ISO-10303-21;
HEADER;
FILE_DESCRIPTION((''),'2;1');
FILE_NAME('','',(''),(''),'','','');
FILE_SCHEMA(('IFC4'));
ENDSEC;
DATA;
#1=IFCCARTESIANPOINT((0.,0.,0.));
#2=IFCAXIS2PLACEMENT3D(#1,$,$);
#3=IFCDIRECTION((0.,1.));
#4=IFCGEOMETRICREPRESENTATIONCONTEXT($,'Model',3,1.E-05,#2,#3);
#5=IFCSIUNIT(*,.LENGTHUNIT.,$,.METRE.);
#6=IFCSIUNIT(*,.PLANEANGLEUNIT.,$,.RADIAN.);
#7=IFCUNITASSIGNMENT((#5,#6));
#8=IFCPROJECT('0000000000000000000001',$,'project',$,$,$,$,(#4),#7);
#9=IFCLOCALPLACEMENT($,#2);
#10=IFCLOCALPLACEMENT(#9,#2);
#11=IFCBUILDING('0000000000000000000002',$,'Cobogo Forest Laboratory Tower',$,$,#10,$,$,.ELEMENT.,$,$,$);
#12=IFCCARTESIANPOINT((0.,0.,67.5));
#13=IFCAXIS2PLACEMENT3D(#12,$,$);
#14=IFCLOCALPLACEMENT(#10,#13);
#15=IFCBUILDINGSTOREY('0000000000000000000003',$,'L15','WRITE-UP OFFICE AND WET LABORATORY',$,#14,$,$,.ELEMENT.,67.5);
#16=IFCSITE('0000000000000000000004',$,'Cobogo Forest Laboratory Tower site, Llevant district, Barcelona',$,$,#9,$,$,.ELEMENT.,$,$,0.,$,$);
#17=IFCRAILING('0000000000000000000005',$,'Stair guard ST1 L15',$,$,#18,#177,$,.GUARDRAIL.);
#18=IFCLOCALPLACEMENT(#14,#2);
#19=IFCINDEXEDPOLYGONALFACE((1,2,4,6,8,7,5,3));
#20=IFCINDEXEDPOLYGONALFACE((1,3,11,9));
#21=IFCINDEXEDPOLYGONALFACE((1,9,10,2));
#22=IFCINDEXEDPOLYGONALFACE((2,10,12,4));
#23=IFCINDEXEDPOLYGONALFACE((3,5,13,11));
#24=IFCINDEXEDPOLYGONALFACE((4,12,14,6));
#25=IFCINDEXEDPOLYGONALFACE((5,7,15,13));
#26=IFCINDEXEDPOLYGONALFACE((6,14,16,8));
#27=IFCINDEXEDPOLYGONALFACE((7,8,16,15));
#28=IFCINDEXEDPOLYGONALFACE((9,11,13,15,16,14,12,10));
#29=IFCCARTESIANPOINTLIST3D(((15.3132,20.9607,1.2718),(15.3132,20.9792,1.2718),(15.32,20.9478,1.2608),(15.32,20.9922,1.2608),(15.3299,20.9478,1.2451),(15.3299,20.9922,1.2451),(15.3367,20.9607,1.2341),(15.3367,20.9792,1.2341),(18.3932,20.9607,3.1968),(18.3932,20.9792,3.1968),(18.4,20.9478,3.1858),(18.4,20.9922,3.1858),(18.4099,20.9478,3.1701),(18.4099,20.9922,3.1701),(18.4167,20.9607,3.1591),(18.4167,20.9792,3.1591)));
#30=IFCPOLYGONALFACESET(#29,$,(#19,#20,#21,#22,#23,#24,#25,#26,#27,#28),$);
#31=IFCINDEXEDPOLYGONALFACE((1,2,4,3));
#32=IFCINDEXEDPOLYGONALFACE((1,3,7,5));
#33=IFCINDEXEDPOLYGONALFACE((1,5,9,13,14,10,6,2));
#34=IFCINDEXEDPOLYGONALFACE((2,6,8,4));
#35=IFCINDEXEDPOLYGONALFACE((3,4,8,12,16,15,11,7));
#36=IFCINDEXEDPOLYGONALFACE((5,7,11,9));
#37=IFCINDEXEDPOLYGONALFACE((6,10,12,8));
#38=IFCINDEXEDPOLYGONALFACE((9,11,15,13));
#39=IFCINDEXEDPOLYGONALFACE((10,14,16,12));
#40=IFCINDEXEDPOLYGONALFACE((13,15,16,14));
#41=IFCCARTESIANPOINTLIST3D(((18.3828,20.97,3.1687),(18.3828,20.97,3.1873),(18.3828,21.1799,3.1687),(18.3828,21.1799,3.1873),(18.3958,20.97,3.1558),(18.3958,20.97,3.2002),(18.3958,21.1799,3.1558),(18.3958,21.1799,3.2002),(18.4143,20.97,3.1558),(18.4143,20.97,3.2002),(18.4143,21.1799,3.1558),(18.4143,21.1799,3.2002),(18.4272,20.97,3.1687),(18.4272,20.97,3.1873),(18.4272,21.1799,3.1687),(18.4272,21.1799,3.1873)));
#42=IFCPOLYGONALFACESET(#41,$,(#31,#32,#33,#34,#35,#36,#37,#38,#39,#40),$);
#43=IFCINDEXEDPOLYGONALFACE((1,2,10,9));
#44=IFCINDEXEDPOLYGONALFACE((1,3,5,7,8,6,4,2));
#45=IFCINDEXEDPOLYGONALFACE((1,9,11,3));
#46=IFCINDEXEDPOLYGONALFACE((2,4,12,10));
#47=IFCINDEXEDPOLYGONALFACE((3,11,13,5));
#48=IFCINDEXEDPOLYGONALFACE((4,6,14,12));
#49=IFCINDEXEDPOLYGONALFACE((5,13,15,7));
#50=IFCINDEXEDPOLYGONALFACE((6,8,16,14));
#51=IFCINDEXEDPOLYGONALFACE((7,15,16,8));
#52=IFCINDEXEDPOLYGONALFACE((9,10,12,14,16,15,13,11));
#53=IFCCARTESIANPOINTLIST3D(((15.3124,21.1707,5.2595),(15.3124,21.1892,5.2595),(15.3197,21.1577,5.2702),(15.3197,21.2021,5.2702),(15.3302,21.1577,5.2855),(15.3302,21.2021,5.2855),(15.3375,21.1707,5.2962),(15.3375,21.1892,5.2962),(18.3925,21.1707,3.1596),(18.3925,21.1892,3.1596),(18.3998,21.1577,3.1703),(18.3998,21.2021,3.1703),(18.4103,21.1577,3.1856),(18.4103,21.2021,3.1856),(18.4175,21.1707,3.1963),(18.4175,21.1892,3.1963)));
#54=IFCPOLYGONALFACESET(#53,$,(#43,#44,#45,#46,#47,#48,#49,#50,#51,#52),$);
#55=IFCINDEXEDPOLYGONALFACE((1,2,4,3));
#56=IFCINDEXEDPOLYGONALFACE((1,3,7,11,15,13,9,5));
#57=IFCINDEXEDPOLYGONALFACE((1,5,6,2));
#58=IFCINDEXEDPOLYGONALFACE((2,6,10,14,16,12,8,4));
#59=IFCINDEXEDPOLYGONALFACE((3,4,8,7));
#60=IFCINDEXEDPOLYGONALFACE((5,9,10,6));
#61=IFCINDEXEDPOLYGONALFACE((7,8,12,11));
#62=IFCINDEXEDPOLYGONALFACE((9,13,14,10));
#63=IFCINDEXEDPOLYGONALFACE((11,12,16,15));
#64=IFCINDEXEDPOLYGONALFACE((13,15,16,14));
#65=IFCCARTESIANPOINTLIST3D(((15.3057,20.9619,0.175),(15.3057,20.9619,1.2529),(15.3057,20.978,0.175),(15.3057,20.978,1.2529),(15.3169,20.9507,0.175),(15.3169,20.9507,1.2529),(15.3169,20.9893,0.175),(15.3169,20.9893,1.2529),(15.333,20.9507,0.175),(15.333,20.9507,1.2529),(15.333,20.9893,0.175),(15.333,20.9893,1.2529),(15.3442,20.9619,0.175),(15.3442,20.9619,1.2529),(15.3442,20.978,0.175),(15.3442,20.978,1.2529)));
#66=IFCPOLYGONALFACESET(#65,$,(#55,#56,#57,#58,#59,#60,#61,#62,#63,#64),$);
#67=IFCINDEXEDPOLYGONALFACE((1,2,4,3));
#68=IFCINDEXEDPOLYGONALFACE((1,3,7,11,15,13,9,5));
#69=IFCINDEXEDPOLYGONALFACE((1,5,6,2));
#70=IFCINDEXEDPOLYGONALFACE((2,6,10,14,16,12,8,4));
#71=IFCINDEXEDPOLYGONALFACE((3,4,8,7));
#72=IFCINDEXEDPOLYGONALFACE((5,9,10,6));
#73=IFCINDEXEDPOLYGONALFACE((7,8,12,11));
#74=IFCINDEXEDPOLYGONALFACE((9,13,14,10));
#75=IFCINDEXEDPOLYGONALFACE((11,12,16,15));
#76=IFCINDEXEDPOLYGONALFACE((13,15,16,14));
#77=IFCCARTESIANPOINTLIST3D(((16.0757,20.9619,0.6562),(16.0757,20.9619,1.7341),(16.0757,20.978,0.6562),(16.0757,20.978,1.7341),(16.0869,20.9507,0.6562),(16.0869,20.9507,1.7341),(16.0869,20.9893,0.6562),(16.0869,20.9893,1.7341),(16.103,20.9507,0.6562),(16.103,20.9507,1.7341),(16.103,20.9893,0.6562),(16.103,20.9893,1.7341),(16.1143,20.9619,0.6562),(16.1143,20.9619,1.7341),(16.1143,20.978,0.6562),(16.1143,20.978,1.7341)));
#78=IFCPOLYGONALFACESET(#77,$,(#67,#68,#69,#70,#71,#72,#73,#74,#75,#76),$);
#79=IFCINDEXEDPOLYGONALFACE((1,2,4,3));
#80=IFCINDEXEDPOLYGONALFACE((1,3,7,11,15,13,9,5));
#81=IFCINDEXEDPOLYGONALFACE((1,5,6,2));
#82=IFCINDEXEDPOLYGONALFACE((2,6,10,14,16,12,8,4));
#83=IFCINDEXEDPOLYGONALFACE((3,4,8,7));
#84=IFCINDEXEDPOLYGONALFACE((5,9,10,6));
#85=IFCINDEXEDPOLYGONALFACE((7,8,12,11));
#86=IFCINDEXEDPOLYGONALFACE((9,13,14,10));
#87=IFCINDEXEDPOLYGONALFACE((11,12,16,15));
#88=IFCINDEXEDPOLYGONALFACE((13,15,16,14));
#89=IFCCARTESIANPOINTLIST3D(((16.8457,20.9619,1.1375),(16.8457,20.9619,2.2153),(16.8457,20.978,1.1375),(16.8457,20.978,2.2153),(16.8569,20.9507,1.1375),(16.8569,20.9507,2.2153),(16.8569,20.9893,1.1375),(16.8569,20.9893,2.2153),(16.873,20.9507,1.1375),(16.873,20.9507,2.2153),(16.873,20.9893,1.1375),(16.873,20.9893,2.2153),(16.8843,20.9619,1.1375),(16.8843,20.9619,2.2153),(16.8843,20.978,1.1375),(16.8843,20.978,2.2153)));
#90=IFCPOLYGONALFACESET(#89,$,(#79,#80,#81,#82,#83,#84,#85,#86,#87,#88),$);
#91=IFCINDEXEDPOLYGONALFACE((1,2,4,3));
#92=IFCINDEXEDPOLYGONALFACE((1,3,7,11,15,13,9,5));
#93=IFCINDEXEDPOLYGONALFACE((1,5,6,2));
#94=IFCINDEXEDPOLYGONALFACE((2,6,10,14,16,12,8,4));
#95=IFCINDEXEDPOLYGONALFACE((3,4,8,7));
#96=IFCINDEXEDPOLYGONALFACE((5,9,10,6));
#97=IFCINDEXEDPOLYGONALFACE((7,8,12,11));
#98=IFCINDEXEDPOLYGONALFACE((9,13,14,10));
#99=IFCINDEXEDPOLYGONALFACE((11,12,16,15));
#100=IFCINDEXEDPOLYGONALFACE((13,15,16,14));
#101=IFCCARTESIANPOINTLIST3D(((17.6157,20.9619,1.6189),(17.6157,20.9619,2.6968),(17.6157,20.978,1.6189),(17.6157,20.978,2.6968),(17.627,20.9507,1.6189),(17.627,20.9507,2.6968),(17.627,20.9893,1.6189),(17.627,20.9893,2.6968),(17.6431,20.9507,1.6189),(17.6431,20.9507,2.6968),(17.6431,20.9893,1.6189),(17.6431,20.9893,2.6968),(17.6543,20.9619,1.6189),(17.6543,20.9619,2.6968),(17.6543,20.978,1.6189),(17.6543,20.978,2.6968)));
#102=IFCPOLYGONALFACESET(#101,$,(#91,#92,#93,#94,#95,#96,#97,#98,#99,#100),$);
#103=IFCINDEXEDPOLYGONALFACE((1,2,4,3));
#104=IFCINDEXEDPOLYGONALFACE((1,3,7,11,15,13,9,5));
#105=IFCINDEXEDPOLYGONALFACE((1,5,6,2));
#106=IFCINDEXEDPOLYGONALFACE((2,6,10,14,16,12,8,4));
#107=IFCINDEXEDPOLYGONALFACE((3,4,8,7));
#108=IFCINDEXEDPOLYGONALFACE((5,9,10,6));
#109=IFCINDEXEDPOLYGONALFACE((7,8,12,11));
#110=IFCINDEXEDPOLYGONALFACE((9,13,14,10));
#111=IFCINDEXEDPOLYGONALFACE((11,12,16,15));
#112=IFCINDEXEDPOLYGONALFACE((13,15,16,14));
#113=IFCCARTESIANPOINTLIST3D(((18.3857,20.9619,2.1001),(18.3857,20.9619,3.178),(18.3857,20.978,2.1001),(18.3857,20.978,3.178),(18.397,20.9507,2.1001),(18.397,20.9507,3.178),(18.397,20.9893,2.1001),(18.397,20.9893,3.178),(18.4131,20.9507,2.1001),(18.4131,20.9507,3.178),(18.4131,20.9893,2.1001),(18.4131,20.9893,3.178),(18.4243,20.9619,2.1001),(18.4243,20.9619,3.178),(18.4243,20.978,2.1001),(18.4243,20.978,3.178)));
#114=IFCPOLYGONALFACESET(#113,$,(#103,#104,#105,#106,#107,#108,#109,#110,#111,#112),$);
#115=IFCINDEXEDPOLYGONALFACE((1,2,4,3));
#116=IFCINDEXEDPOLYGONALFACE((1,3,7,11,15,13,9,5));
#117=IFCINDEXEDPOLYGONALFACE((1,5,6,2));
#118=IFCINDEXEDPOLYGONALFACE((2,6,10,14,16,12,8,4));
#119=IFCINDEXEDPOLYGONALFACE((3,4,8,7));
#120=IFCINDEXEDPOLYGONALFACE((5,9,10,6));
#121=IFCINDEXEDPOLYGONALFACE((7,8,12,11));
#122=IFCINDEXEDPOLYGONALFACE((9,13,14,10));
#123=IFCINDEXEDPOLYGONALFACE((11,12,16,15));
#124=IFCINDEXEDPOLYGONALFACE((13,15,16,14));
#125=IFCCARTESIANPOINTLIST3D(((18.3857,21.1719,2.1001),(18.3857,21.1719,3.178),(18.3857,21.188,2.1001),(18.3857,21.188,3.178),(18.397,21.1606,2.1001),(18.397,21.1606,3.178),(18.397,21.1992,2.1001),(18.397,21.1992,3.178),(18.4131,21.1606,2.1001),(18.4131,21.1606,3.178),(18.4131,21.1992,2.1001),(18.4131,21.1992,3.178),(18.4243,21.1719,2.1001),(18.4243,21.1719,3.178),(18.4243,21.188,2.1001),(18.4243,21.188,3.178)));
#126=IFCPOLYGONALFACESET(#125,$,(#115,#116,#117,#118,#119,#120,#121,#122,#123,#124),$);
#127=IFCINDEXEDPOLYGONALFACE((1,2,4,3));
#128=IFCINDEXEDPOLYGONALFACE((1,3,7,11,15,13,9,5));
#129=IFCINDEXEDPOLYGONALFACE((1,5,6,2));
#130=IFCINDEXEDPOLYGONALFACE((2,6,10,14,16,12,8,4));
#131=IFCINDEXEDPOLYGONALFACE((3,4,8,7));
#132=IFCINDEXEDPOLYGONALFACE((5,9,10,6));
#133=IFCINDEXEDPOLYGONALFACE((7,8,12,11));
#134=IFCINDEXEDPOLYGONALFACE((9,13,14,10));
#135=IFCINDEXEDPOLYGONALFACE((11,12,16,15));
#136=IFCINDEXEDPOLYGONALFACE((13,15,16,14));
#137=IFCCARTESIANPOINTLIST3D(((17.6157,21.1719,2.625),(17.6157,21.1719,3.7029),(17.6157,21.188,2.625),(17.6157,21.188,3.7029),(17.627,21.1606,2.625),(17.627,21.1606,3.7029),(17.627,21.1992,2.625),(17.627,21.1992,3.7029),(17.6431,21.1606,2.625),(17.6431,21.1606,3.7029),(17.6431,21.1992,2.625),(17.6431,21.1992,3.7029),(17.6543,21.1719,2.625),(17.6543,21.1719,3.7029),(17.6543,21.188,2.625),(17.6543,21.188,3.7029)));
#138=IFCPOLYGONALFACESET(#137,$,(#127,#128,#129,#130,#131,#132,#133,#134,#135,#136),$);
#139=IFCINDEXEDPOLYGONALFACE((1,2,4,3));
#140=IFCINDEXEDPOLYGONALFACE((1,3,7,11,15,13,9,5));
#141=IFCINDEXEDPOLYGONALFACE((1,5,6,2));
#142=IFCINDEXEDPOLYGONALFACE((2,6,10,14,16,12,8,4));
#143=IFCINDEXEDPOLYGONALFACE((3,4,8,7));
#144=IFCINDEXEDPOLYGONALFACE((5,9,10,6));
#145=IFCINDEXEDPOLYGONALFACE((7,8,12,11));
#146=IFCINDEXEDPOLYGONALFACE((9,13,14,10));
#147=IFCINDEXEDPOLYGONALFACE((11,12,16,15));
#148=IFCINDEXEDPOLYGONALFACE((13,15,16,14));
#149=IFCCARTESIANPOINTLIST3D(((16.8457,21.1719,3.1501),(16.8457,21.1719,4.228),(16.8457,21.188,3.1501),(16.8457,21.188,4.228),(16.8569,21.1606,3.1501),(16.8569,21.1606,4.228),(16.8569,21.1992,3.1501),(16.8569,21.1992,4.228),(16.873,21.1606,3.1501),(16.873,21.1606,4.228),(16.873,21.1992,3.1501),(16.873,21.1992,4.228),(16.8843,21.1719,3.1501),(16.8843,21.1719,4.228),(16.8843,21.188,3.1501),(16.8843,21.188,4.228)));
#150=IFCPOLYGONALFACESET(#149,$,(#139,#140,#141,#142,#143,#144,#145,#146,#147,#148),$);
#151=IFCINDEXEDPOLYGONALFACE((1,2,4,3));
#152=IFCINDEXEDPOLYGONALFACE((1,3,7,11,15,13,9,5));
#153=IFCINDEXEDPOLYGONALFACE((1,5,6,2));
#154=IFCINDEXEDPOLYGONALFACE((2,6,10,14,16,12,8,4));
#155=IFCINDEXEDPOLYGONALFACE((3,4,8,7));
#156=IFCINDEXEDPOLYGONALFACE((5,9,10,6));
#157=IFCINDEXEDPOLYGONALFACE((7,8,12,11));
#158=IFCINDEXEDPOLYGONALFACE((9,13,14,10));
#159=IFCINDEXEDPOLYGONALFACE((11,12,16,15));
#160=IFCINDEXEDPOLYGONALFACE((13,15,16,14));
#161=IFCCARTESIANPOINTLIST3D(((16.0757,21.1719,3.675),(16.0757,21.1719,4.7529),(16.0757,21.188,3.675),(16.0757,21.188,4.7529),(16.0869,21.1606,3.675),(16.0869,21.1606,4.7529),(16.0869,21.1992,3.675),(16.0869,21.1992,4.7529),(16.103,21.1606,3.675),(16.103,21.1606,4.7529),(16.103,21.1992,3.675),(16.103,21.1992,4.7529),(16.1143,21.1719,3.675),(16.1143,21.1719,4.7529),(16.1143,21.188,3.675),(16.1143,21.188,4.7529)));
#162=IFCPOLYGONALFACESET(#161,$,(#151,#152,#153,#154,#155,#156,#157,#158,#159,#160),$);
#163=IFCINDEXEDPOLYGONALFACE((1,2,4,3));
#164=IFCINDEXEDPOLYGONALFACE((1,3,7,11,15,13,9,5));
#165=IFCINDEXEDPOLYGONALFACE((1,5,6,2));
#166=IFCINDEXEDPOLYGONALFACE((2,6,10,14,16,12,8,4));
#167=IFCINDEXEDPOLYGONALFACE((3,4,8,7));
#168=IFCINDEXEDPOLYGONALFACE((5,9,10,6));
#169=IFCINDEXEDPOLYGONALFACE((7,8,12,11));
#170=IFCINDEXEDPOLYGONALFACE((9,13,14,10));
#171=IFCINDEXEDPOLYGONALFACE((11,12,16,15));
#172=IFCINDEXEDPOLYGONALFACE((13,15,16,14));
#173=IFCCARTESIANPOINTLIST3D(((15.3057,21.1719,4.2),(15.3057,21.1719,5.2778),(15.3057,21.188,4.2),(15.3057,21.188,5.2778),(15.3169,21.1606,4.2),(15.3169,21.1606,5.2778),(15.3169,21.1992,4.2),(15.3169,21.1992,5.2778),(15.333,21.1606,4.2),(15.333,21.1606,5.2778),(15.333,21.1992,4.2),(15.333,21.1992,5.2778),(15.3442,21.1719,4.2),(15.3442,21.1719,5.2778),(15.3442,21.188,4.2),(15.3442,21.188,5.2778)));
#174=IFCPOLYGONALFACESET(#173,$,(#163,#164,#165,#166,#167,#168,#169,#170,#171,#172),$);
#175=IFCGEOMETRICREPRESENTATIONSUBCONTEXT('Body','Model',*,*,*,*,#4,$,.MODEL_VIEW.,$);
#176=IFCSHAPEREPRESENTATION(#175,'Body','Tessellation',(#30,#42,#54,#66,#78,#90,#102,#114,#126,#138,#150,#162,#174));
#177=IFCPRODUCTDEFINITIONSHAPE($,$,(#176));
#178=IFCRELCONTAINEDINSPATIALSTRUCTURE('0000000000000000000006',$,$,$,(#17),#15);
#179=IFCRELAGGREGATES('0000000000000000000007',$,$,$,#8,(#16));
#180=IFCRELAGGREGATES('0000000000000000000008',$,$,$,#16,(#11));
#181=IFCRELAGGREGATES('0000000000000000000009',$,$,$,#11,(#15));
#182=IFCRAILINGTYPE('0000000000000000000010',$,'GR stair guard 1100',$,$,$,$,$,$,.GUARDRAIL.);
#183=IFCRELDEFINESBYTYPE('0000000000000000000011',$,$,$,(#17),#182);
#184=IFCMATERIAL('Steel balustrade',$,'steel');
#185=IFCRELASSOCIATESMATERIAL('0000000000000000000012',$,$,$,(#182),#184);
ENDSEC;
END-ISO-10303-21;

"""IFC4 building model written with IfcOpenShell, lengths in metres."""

from ifc_helpers import new_model, si_unit, direction, frame, origin, place, context, subcontext, project, spatial, polyline, outline, extrude, material, type_object, element, save


model = new_model("IFC4")

# Units and contexts
model_context = context("Model", 3, precision=1e-05, world=origin(), true_north=direction((0.0, 1.0)))
body_context = subcontext(model_context, "Body", "Model", "MODEL_VIEW")
ifc_project = project(units=[si_unit("LENGTHUNIT", "METRE"), si_unit("PLANEANGLEUNIT", "RADIAN")], contexts=[model_context])

# Site, building, storey
site_placement = place(None, origin())
site = spatial("IfcSite", under=ifc_project, at=site_placement, Name="Cobogo Forest Laboratory Tower site, Llevant district, Barcelona", CompositionType="ELEMENT", RefElevation=0.0)
building_placement = place(site_placement, origin())
building = spatial("IfcBuilding", under=site, at=building_placement, Name="Cobogo Forest Laboratory Tower", CompositionType="ELEMENT")
storey_placement = place(building_placement, frame((0.0, 0.0, 67.5)))
storey = spatial("IfcBuildingStorey", under=building, at=storey_placement, Name="L15", Description="WRITE-UP OFFICE AND WET LABORATORY", CompositionType="ELEMENT", Elevation=67.5)

# Railing
ifc_material_1 = material(Name="Steel balustrade", Category="steel")
railing_type_1 = type_object("IfcRailingType", Name="GR stair guard 1100", PredefinedType="GUARDRAIL", material=ifc_material_1)
railing_1_placement = place(storey_placement, frame((15.325, 20.97, 0.175)))
element("IfcRailing", 1, at=railing_1_placement, inside=storey, type_object=railing_type_1, Name="Stair guard ST1 L15", PredefinedType="GUARDRAIL", context=body_context, shape_type="SweptSolid", body=[
    extrude(outline(polyline([(0.0222, 0.0093), (0.0093, 0.0222), (-0.0093, 0.0222), (-0.0222, 0.0093), (-0.0222, -0.0093), (-0.0093, -0.0222), (0.0093, -0.0222), (0.0222, -0.0093), (0.0222, 0.0093)])), frame((0.0, 0.0, 1.0779), z_axis=(0.847998, 0.0, 0.529999), x_axis=(0.0, 1.0, 0.0)), (0.0, 0.0, 1.0), 3.6321),
    extrude(outline(polyline([(0.0222, 0.0093), (0.0093, 0.0222), (-0.0093, 0.0222), (-0.0222, 0.0093), (-0.0222, -0.0093), (-0.0093, -0.0222), (0.0093, -0.0222), (0.0222, -0.0093), (0.0222, 0.0093)])), frame((3.0801, 0.0, 3.0029), z_axis=(0.0, 1.0, 0.0), x_axis=(-1.0, 0.0, 0.0)), (0.0, 0.0, 1.0), 0.21),
    extrude(outline(polyline([(0.0222, 0.0093), (0.0093, 0.0222), (-0.0093, 0.0222), (-0.0222, 0.0093), (-0.0222, -0.0093), (-0.0093, -0.0222), (0.0093, -0.0222), (0.0222, -0.0093), (0.0222, 0.0093)])), frame((3.0801, 0.21, 3.0029), z_axis=(-0.826252, 0.0, 0.5633), x_axis=(0.0, -1.0, 0.0)), (0.0, 0.0, 1.0), 3.7278),
    extrude(outline(polyline([(0.0193, 0.0081), (0.0081, 0.0193), (-0.0081, 0.0193), (-0.0193, 0.0081), (-0.0193, -0.0081), (-0.0081, -0.0193), (0.0081, -0.0193), (0.0193, -0.0081), (0.0193, 0.0081)])), origin(), (0.0, 0.0, 1.0), 1.0779),
    extrude(outline(polyline([(0.0193, 0.0081), (0.0081, 0.0193), (-0.0081, 0.0193), (-0.0193, 0.0081), (-0.0193, -0.0081), (-0.0081, -0.0193), (0.0081, -0.0193), (0.0193, -0.0081), (0.0193, 0.0081)])), frame((0.77, 0.0, 0.4812)), (0.0, 0.0, 1.0), 1.0779),
    extrude(outline(polyline([(0.0193, 0.0081), (0.0081, 0.0193), (-0.0081, 0.0193), (-0.0193, 0.0081), (-0.0193, -0.0081), (-0.0081, -0.0193), (0.0081, -0.0193), (0.0193, -0.0081), (0.0193, 0.0081)])), frame((1.54, 0.0, 0.9624)), (0.0, 0.0, 1.0), 1.0779),
    extrude(outline(polyline([(0.0193, 0.0081), (0.0081, 0.0193), (-0.0081, 0.0193), (-0.0193, 0.0081), (-0.0193, -0.0081), (-0.0081, -0.0193), (0.0081, -0.0193), (0.0193, -0.0081), (0.0193, 0.0081)])), frame((2.3101, 0.0, 1.4438)), (0.0, 0.0, 1.0), 1.0779),
    extrude(outline(polyline([(0.0193, 0.0081), (0.0081, 0.0193), (-0.0081, 0.0193), (-0.0193, 0.0081), (-0.0193, -0.0081), (-0.0081, -0.0193), (0.0081, -0.0193), (0.0193, -0.0081), (0.0193, 0.0081)])), frame((3.0801, 0.0, 1.925)), (0.0, 0.0, 1.0), 1.0779),
    extrude(outline(polyline([(0.0193, 0.0081), (0.0081, 0.0193), (-0.0081, 0.0193), (-0.0193, 0.0081), (-0.0193, -0.0081), (-0.0081, -0.0193), (0.0081, -0.0193), (0.0193, -0.0081), (0.0193, 0.0081)])), frame((3.0801, 0.21, 1.925)), (0.0, 0.0, 1.0), 1.0779),
    extrude(outline(polyline([(0.0193, 0.0081), (0.0081, 0.0193), (-0.0081, 0.0193), (-0.0193, 0.0081), (-0.0193, -0.0081), (-0.0081, -0.0193), (0.0081, -0.0193), (0.0193, -0.0081), (0.0193, 0.0081)])), frame((2.3101, 0.21, 2.45)), (0.0, 0.0, 1.0), 1.0779),
    extrude(outline(polyline([(0.0193, 0.0081), (0.0081, 0.0193), (-0.0081, 0.0193), (-0.0193, 0.0081), (-0.0193, -0.0081), (-0.0081, -0.0193), (0.0081, -0.0193), (0.0193, -0.0081), (0.0193, 0.0081)])), frame((1.54, 0.21, 2.9751)), (0.0, 0.0, 1.0), 1.0779),
    extrude(outline(polyline([(0.0193, 0.0081), (0.0081, 0.0193), (-0.0081, 0.0193), (-0.0193, 0.0081), (-0.0193, -0.0081), (-0.0081, -0.0193), (0.0081, -0.0193), (0.0193, -0.0081), (0.0193, 0.0081)])), frame((0.77, 0.21, 3.5)), (0.0, 0.0, 1.0), 1.0779),
    extrude(outline(polyline([(0.0193, 0.0081), (0.0081, 0.0193), (-0.0081, 0.0193), (-0.0193, 0.0081), (-0.0193, -0.0081), (-0.0081, -0.0193), (0.0081, -0.0193), (0.0193, -0.0081), (0.0193, 0.0081)])), frame((0.0, 0.21, 4.0249)), (0.0, 0.0, 1.0), 1.0779),
])

save(model, "model.ifc")
